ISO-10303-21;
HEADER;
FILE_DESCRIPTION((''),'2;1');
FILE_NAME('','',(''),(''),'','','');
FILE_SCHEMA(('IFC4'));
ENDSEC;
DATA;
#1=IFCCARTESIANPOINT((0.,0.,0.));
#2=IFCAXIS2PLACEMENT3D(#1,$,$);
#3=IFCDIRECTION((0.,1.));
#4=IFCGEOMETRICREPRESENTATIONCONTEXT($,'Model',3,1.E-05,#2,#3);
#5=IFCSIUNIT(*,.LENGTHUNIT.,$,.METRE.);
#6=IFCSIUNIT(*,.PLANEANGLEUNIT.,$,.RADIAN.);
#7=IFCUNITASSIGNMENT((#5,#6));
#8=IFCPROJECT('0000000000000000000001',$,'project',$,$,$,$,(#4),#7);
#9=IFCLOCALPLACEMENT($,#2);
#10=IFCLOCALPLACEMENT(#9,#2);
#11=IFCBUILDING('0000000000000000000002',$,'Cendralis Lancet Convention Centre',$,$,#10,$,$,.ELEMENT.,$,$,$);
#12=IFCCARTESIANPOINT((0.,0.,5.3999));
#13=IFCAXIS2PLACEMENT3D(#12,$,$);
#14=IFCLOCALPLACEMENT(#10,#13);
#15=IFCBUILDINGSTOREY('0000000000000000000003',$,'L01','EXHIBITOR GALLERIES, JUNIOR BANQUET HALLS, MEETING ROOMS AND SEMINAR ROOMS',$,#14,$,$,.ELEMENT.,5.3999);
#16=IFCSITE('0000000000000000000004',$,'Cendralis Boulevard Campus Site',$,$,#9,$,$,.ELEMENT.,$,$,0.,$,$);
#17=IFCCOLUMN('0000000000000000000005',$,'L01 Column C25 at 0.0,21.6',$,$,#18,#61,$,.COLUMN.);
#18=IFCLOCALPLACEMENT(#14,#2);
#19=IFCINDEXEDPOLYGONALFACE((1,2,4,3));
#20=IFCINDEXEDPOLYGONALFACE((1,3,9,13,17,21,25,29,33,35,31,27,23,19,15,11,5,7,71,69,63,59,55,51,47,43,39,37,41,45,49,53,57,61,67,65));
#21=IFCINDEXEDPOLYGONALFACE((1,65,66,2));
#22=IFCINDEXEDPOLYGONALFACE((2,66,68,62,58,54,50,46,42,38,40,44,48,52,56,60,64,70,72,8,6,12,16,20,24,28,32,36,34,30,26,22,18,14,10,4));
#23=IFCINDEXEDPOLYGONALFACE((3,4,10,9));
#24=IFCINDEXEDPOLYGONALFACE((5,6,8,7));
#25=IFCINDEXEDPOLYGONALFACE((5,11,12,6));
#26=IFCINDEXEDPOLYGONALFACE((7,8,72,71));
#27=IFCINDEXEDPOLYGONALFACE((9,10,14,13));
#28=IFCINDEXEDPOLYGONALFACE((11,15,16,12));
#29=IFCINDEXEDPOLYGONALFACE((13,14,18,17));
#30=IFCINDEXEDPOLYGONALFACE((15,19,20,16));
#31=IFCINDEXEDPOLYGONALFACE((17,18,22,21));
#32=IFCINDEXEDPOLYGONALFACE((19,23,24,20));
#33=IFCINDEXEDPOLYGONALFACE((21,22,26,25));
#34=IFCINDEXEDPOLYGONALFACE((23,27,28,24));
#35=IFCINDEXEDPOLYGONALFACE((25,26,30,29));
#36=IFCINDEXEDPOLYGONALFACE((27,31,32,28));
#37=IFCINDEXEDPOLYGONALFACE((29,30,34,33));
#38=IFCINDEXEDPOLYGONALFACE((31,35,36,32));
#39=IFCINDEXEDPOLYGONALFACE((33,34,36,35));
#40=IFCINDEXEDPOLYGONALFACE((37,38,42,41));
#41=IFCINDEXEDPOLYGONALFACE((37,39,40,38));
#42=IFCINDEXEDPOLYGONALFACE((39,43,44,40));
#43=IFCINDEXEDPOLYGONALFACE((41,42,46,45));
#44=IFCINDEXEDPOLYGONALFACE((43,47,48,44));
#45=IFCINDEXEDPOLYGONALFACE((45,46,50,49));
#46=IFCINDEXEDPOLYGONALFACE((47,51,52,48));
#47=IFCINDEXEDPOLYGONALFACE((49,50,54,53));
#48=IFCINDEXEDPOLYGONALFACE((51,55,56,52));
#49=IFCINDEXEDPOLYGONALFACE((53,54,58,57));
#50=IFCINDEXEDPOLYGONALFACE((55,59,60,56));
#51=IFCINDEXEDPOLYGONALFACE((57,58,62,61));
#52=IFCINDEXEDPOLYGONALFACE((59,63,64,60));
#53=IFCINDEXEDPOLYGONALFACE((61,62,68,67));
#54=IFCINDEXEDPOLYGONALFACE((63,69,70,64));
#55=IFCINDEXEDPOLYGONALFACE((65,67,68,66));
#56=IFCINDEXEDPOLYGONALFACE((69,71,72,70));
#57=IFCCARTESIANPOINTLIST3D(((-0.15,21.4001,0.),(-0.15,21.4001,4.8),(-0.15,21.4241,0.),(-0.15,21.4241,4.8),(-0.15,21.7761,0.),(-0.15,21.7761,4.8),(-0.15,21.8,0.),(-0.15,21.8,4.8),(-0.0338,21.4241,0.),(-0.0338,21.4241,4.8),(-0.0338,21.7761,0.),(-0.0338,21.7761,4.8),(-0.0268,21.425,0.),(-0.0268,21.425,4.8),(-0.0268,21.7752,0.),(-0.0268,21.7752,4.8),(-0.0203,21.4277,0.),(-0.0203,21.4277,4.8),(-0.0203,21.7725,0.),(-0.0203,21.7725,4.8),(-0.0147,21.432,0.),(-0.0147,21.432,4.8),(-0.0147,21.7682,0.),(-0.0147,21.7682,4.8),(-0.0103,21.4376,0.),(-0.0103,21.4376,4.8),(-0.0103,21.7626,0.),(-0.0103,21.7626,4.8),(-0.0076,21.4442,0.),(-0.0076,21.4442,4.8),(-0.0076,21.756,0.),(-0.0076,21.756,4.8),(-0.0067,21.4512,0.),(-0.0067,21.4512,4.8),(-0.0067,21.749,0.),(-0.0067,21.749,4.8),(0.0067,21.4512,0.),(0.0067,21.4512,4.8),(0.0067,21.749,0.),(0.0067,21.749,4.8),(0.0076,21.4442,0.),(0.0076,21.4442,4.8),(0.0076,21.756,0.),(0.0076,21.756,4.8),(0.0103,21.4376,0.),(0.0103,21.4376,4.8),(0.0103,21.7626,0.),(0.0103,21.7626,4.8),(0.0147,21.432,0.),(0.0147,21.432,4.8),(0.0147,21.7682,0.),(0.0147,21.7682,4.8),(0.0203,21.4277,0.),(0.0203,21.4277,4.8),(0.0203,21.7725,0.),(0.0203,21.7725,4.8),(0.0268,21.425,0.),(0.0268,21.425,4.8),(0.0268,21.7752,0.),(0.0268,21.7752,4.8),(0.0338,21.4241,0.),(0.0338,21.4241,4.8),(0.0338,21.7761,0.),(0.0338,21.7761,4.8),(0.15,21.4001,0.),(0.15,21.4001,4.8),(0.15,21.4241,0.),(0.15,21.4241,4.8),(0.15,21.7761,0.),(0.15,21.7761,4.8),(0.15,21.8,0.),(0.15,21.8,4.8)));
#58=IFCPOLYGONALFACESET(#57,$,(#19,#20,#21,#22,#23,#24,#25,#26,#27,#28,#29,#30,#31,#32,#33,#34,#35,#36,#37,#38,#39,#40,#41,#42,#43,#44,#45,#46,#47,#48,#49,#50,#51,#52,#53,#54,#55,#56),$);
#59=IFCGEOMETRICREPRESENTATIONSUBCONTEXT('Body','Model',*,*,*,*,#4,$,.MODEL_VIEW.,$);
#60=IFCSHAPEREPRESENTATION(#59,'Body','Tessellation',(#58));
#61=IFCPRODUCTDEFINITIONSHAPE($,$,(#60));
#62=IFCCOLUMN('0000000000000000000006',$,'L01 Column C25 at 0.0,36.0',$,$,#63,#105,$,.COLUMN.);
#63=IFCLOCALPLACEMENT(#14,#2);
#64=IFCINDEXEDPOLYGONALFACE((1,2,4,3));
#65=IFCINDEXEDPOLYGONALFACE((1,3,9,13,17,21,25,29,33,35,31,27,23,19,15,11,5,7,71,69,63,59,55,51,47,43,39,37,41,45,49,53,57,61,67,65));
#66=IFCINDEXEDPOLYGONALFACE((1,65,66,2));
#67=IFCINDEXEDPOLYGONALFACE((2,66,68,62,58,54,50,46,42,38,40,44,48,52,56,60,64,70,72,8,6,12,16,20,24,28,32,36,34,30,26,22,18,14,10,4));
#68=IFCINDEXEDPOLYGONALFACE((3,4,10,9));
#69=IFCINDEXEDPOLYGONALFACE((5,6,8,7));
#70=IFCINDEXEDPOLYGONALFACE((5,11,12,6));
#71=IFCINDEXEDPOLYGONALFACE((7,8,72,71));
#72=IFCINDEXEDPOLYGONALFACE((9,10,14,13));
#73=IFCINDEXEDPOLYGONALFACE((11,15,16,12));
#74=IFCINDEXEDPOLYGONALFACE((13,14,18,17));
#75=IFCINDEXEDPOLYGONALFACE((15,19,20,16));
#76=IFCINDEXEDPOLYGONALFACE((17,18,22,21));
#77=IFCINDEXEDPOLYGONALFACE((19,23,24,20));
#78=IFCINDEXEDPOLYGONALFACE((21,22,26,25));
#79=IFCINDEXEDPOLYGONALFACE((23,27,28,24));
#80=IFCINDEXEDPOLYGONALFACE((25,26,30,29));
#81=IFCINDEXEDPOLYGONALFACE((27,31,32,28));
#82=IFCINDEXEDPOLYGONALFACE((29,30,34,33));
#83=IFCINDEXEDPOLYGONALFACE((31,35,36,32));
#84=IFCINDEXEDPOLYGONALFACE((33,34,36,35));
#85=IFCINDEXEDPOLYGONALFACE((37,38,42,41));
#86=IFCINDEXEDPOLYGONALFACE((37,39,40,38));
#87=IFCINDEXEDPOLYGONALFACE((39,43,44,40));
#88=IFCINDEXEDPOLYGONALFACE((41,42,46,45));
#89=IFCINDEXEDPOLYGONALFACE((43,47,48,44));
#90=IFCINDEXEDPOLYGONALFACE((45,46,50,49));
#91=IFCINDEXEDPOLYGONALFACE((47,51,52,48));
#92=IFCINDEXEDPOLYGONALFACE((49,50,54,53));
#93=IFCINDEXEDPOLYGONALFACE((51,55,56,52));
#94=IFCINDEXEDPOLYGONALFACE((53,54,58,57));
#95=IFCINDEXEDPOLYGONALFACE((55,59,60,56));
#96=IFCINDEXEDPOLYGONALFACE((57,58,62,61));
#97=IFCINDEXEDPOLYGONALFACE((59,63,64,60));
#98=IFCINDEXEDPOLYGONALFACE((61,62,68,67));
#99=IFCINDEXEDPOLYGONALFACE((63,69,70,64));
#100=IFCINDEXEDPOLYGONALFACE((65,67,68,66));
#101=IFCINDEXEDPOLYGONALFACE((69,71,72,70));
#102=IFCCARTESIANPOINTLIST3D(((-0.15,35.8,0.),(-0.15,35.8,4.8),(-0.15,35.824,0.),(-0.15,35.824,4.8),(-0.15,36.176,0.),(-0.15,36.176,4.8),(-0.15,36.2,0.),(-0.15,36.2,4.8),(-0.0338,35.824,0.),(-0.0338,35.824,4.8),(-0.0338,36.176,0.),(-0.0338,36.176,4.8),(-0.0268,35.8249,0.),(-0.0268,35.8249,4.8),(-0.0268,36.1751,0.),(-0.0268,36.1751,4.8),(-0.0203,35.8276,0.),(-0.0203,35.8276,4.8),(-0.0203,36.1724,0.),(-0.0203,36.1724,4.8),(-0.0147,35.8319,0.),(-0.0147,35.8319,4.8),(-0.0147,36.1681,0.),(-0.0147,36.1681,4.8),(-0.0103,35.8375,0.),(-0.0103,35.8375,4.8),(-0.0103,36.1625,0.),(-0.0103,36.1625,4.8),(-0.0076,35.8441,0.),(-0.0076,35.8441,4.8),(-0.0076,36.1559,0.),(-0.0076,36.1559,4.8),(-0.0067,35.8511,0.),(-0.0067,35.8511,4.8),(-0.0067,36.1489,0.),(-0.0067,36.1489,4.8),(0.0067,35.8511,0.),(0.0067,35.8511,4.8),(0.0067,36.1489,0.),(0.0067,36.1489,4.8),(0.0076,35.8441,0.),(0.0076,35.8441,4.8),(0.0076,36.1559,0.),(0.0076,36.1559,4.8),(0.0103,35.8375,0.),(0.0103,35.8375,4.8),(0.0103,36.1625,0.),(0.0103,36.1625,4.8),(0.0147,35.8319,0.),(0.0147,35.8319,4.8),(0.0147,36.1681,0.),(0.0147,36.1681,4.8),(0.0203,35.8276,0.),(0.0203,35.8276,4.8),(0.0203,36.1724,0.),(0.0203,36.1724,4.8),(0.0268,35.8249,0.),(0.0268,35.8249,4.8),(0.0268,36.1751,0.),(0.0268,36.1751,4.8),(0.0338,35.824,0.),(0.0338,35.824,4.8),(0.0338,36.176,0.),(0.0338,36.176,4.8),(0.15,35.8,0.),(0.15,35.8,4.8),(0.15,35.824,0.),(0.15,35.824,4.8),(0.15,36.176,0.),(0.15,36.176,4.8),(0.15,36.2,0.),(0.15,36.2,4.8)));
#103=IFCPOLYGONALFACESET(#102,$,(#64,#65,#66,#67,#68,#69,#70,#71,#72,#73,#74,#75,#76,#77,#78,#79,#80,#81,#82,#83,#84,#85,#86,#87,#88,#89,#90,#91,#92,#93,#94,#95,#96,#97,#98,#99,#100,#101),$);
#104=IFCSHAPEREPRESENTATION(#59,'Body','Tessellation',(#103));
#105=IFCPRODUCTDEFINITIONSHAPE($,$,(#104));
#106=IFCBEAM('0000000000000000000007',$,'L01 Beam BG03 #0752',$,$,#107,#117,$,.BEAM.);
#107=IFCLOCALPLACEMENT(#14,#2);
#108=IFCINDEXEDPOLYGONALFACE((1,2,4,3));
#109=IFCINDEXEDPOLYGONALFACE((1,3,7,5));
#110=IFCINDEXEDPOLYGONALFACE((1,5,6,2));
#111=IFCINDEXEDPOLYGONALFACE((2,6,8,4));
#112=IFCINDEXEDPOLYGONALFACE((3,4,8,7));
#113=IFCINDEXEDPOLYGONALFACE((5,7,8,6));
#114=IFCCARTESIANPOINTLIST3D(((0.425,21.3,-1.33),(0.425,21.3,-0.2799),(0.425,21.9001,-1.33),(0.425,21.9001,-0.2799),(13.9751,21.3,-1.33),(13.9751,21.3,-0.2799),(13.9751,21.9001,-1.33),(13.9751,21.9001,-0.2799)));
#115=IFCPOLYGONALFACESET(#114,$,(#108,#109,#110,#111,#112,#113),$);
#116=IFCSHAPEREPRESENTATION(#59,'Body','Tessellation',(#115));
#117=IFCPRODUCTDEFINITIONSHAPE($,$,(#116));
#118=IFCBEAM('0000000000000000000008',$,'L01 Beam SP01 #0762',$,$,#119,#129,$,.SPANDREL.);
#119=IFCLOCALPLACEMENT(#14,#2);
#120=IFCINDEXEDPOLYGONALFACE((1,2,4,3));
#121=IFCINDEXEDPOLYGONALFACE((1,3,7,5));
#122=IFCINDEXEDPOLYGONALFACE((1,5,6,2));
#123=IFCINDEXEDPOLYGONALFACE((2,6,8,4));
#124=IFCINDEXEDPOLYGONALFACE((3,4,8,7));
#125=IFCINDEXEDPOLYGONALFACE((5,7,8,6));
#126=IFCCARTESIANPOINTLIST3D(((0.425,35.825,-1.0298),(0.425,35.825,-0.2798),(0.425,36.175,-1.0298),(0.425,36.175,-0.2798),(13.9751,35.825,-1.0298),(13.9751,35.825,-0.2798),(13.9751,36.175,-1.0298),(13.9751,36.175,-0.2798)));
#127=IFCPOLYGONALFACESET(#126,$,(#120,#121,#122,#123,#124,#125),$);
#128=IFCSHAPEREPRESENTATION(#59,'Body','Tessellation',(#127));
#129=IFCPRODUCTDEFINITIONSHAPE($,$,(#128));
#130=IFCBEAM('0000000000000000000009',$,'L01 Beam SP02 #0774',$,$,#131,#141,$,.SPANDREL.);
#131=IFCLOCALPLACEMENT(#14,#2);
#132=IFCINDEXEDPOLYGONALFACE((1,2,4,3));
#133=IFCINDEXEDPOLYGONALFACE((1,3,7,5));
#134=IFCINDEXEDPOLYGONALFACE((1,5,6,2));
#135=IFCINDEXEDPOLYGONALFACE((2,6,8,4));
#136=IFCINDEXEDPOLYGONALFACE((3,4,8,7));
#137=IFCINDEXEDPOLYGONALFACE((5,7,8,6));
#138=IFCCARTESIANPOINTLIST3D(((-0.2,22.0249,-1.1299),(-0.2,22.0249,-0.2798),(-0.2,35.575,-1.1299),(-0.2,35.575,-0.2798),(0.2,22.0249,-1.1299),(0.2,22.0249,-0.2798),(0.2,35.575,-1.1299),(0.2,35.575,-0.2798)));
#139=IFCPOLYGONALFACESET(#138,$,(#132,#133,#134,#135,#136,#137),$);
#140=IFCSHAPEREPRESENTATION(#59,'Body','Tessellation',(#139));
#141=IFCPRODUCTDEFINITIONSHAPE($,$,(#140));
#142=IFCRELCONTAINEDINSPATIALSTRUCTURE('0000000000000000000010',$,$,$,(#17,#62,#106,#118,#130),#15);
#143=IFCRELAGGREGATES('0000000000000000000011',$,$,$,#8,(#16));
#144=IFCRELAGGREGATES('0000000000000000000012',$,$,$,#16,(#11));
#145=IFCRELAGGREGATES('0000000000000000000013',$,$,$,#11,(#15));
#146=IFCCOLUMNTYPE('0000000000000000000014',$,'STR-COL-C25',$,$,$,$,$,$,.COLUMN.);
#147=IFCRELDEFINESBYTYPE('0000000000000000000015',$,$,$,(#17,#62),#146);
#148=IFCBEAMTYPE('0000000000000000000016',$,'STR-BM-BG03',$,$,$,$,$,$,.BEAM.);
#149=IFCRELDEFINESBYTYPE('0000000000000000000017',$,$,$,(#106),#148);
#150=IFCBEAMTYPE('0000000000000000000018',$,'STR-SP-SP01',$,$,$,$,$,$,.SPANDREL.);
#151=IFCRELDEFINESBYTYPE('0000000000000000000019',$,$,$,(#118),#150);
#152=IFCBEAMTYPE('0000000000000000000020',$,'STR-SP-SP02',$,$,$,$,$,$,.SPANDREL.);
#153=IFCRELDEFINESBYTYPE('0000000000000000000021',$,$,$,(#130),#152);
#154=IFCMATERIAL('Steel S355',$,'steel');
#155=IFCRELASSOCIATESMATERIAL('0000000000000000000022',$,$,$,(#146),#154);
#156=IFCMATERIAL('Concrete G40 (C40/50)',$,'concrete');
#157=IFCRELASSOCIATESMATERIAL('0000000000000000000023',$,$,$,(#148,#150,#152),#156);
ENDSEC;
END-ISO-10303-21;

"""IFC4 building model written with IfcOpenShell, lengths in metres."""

from ifc_helpers import new_model, si_unit, direction, frame, origin, origin_2d, place, context, subcontext, project, spatial, rectangle, i_section, extrude, material, material_profile, profile_set, type_object, element, save


model = new_model("IFC4")

# Units and contexts
model_context = context("Model", 3, precision=1e-05, world=origin(), true_north=direction((0.0, 1.0)))
body_context = subcontext(model_context, "Body", "Model", "MODEL_VIEW")
ifc_project = project(units=[si_unit("LENGTHUNIT", "METRE"), si_unit("PLANEANGLEUNIT", "RADIAN")], contexts=[model_context])

# Site, building, storey
site_placement = place(None, origin())
site = spatial("IfcSite", under=ifc_project, at=site_placement, Name="Cendralis Boulevard Campus Site", CompositionType="ELEMENT", RefElevation=0.0)
building_placement = place(site_placement, origin())
building = spatial("IfcBuilding", under=site, at=building_placement, Name="Cendralis Lancet Convention Centre", CompositionType="ELEMENT")
storey_placement = place(building_placement, frame((0.0, 0.0, 5.3999)))
storey = spatial("IfcBuildingStorey", under=building, at=storey_placement, Name="L01", Description="EXHIBITOR GALLERIES, JUNIOR BANQUET HALLS, MEETING ROOMS AND SEMINAR ROOMS", CompositionType="ELEMENT", Elevation=5.3999)

# Columns
ifc_material_1 = material(Name="Steel S355", Category="steel")
ifc_material_profile_1 = material_profile(ifc_material_1, i_section(OverallWidth=0.3, OverallDepth=0.3999, WebThickness=0.0134, FlangeThickness=0.0239, FilletRadius=0.0271, at=origin_2d()), Name="HEB 400")
ifc_profile_set_1 = profile_set([ifc_material_profile_1], Name="Steel S355")
column_type = type_object("IfcColumnType", Name="STR-COL-C25", PredefinedType="COLUMN", material=ifc_profile_set_1)
for number, where, z_axis, x_axis, name in (
    (1, (0.0, 21.6001, 0.0), (0.0, 0.0, 1.0), (1.0, 0.0, 0.0), "L01 Column C25 at 0.0,21.6"),
    (2, (0.0, 36.0, 0.0), (0.0, 0.0, 1.0), (1.0, 0.0, 0.0), "L01 Column C25 at 0.0,36.0"),
):
    element("IfcColumn", number, at=place(storey_placement, frame(where, z_axis=z_axis, x_axis=x_axis)), inside=storey, type_object=column_type, Name=name, PredefinedType="COLUMN", context=body_context, shape_type="SweptSolid", body=[
        extrude(i_section(OverallWidth=0.3, OverallDepth=0.3999, WebThickness=0.0134, FlangeThickness=0.0239, FilletRadius=0.0271, at=origin_2d()), origin(), (0.0, 0.0, 1.0), 4.8),
    ])

# Beams
ifc_material_2 = material(Name="Concrete G40 (C40/50)", Category="concrete")
ifc_material_profile_2 = material_profile(ifc_material_2, rectangle(XDim=0.6001, YDim=1.05, at=origin_2d()), Name="RCB 600x1050")
ifc_profile_set_2 = profile_set([ifc_material_profile_2], Name="Concrete G40 (C40/50)")
beam_type_1 = type_object("IfcBeamType", Name="STR-BM-BG03", PredefinedType="BEAM", material=ifc_profile_set_2)
beam_1_placement = place(storey_placement, frame((0.425, 21.6001, -0.8049), z_axis=(1.0, 0.0, 0.0), x_axis=(0.0, 1.0, 0.0)))
element("IfcBeam", 3, at=beam_1_placement, inside=storey, type_object=beam_type_1, Name="L01 Beam BG03 #0752", PredefinedType="BEAM", context=body_context, shape_type="SweptSolid", body=[
    extrude(rectangle(XDim=0.6001, YDim=1.05, at=origin_2d()), origin(), (0.0, 0.0, 1.0), 13.55),
])
ifc_material_profile_3 = material_profile(ifc_material_2, rectangle(XDim=0.3501, YDim=0.75, at=origin_2d()), Name="RCB 350x750")
ifc_profile_set_3 = profile_set([ifc_material_profile_3], Name="Concrete G40 (C40/50)")
beam_type_2 = type_object("IfcBeamType", Name="STR-SP-SP01", PredefinedType="SPANDREL", material=ifc_profile_set_3)
beam_2_placement = place(storey_placement, frame((0.425, 36.0, -0.6548), z_axis=(1.0, 0.0, 0.0), x_axis=(0.0, 1.0, 0.0)))
element("IfcBeam", 4, at=beam_2_placement, inside=storey, type_object=beam_type_2, Name="L01 Beam SP01 #0762", PredefinedType="SPANDREL", context=body_context, shape_type="SweptSolid", body=[
    extrude(rectangle(XDim=0.3501, YDim=0.75, at=origin_2d()), origin(), (0.0, 0.0, 1.0), 13.55),
])
ifc_material_profile_4 = material_profile(ifc_material_2, rectangle(XDim=0.3999, YDim=0.8501, at=origin_2d()), Name="RCB 400x850")
ifc_profile_set_4 = profile_set([ifc_material_profile_4], Name="Concrete G40 (C40/50)")
beam_type_3 = type_object("IfcBeamType", Name="STR-SP-SP02", PredefinedType="SPANDREL", material=ifc_profile_set_4)
beam_3_placement = place(storey_placement, frame((0.0, 22.0249, -0.7048), z_axis=(0.0, 1.0, 0.0), x_axis=(-1.0, 0.0, 0.0)))
element("IfcBeam", 5, at=beam_3_placement, inside=storey, type_object=beam_type_3, Name="L01 Beam SP02 #0774", PredefinedType="SPANDREL", context=body_context, shape_type="SweptSolid", body=[
    extrude(rectangle(XDim=0.3999, YDim=0.8501, at=origin_2d()), origin(), (0.0, 0.0, 1.0), 13.55),
])

save(model, "model.ifc")
